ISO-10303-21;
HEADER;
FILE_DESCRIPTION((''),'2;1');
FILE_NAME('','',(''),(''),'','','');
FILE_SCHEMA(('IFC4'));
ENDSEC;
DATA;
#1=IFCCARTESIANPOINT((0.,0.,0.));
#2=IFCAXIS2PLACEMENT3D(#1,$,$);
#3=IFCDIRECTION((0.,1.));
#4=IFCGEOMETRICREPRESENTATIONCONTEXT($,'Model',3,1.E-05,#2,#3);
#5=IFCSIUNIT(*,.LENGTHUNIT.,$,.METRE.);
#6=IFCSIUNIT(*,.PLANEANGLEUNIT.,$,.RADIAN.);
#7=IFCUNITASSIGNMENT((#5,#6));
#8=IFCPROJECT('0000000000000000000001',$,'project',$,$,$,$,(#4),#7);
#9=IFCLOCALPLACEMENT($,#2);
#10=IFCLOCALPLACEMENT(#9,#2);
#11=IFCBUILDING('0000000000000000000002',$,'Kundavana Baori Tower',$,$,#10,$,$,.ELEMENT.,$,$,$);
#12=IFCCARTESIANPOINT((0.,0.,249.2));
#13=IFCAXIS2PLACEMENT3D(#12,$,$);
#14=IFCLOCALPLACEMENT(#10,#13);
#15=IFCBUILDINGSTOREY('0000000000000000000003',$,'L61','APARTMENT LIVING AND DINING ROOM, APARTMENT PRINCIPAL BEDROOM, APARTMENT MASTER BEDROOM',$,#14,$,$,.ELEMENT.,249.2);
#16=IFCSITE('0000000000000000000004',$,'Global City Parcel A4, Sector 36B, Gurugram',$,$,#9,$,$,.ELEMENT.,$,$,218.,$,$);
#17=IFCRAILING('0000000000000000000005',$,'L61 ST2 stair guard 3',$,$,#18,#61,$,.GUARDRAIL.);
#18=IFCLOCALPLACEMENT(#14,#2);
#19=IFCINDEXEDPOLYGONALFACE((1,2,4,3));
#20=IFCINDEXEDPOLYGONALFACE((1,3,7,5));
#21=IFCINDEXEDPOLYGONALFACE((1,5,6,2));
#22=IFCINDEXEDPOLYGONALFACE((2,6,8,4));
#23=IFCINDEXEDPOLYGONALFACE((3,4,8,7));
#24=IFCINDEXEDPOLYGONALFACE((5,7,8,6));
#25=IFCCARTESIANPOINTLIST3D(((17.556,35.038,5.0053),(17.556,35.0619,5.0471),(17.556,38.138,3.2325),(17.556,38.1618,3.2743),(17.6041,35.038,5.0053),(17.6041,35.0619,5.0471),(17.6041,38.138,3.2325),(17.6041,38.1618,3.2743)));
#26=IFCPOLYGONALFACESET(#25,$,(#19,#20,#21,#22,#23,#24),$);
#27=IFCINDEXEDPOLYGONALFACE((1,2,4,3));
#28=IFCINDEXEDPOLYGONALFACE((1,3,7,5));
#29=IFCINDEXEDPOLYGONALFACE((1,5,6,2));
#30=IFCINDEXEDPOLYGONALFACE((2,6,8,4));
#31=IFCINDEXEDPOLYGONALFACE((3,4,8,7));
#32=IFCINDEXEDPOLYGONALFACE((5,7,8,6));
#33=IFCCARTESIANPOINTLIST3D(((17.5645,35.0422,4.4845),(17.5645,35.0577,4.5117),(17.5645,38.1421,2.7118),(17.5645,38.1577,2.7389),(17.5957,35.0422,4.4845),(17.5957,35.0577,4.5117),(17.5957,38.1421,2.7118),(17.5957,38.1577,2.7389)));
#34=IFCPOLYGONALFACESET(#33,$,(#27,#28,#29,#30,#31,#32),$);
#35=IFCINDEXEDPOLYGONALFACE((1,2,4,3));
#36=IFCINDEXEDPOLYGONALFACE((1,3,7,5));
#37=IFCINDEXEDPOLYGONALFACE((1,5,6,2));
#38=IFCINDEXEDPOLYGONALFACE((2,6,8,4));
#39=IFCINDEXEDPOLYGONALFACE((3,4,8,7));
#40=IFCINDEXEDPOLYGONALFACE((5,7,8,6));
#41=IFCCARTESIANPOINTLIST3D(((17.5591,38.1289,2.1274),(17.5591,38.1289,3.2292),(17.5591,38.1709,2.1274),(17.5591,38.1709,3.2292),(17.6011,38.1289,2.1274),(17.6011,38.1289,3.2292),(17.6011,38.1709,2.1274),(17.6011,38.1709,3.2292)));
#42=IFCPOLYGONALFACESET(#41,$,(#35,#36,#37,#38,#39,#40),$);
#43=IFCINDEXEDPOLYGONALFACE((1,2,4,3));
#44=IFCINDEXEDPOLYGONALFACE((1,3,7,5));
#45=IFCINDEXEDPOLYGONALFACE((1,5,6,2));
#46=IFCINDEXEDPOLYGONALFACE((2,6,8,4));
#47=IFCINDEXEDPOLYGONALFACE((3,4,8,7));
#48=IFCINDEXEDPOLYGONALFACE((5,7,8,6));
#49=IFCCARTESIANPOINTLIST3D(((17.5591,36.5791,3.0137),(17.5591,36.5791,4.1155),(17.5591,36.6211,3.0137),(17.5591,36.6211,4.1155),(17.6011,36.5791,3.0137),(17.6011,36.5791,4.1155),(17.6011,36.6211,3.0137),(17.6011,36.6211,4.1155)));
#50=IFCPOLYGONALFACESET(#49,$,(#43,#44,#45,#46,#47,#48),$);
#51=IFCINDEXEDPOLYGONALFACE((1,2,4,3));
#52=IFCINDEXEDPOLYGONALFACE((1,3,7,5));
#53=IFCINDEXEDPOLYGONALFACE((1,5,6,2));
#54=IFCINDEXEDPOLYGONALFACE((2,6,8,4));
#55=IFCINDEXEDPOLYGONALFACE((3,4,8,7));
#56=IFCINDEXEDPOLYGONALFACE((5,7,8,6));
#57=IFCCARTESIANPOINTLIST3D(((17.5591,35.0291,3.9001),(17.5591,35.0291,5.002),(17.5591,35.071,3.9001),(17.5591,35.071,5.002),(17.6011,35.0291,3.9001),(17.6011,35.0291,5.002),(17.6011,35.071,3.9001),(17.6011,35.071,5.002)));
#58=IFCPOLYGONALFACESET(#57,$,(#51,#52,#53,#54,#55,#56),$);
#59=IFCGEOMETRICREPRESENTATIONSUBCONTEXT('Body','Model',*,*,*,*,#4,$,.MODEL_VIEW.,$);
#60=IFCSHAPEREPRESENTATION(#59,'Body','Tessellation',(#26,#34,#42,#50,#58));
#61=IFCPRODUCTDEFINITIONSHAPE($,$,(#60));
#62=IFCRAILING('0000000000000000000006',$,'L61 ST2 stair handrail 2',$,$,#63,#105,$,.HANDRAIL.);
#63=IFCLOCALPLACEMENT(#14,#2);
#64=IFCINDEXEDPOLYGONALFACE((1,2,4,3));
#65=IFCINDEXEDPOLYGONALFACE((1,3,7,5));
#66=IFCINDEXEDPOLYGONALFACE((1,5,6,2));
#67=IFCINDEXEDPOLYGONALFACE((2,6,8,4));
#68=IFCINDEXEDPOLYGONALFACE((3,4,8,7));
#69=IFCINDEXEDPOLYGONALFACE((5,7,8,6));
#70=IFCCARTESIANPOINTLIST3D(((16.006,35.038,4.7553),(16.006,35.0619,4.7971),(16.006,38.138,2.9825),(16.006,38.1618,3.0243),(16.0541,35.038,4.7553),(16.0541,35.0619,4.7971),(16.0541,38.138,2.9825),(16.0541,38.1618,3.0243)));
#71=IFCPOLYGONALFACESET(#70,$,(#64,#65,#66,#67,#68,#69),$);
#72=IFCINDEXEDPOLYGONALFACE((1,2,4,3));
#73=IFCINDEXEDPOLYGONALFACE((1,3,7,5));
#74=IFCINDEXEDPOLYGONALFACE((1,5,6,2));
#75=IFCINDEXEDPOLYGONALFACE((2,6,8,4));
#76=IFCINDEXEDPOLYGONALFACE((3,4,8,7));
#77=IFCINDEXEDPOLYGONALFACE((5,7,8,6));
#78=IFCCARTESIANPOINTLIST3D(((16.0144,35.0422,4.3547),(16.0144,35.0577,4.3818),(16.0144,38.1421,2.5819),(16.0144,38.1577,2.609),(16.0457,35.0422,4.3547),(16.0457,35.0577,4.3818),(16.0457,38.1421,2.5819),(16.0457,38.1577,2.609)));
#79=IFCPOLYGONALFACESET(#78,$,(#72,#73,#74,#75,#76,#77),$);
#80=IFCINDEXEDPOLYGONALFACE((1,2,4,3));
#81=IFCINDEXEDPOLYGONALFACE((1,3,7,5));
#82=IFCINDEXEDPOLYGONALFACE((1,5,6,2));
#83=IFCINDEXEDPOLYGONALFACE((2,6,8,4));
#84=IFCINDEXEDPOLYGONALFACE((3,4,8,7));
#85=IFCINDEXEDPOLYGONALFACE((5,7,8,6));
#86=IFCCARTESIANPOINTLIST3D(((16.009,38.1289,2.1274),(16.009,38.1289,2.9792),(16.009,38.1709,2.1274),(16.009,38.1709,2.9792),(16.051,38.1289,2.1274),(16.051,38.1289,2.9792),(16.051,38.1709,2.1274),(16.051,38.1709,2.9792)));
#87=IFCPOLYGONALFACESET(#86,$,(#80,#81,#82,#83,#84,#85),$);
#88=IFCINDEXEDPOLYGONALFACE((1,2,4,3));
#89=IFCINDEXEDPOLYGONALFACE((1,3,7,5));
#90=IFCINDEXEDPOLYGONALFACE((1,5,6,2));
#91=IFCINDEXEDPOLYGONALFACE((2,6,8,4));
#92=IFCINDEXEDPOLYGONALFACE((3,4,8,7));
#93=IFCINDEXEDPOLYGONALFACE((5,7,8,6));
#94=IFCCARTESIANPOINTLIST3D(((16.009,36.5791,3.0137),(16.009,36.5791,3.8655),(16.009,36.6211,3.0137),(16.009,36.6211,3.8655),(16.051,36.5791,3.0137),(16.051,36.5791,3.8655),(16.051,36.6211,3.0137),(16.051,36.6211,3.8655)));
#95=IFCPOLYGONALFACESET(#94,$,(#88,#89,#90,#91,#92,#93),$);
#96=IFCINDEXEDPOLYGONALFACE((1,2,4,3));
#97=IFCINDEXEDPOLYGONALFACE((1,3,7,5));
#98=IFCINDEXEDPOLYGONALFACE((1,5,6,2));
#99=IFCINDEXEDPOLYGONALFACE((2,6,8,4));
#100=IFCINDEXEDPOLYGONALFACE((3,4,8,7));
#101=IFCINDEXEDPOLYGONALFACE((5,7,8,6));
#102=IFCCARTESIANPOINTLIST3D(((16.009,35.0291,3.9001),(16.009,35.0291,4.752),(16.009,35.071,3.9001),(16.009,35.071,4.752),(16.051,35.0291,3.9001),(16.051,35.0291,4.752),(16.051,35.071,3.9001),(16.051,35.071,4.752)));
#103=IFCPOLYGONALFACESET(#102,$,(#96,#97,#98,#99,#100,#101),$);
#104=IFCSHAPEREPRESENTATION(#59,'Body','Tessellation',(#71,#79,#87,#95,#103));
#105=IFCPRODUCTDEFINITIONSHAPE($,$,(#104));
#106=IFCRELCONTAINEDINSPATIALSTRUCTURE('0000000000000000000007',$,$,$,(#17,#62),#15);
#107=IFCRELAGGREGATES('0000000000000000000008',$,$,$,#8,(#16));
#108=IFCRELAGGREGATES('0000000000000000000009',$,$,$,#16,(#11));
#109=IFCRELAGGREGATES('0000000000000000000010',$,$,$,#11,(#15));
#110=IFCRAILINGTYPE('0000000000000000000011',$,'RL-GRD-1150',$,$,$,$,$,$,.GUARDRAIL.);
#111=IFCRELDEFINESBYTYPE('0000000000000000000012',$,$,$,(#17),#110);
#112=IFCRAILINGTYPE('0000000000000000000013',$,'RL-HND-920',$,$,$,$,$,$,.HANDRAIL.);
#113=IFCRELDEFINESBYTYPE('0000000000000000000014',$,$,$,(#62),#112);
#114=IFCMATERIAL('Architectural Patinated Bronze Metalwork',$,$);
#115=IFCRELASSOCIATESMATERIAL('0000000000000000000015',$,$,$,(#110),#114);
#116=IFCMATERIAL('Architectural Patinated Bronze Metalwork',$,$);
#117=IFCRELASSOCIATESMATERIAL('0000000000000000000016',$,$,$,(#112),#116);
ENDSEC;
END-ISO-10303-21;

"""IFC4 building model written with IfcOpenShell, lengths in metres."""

from ifc_helpers import new_model, si_unit, direction, frame, origin, origin_2d, place, context, subcontext, project, spatial, rectangle, extrude, material, type_object, element, save


model = new_model("IFC4")

# Units and contexts
model_context = context("Model", 3, precision=1e-05, world=origin(), true_north=direction((0.0, 1.0)))
body_context = subcontext(model_context, "Body", "Model", "MODEL_VIEW")
ifc_project = project(units=[si_unit("LENGTHUNIT", "METRE"), si_unit("PLANEANGLEUNIT", "RADIAN")], contexts=[model_context])

# Site, building, storey
site_placement = place(None, origin())
site = spatial("IfcSite", under=ifc_project, at=site_placement, Name="Global City Parcel A4, Sector 36B, Gurugram", CompositionType="ELEMENT", RefElevation=218.0)
building_placement = place(site_placement, origin())
building = spatial("IfcBuilding", under=site, at=building_placement, Name="Kundavana Baori Tower", CompositionType="ELEMENT")
storey_placement = place(building_placement, frame((0.0, 0.0, 249.2)))
storey = spatial("IfcBuildingStorey", under=building, at=storey_placement, Name="L61", Description="APARTMENT LIVING AND DINING ROOM, APARTMENT PRINCIPAL BEDROOM, APARTMENT MASTER BEDROOM", CompositionType="ELEMENT", Elevation=249.2)

# Railings
ifc_material_1 = material(Name="Architectural Patinated Bronze Metalwork")
railing_type_1 = type_object("IfcRailingType", Name="RL-GRD-1150", PredefinedType="GUARDRAIL", material=ifc_material_1)
railing_1_placement = place(storey_placement, frame((17.5801, 38.1499, 2.1274)))
element("IfcRailing", 1, at=railing_1_placement, inside=storey, type_object=railing_type_1, Name="L61 ST2 stair guard 3", PredefinedType="GUARDRAIL", context=body_context, shape_type="SweptSolid", body=[
    extrude(rectangle(XDim=0.0481, YDim=0.0481, at=origin_2d()), frame((0.0, 0.0, 1.126), z_axis=(0.0, -0.868079, 0.496426), x_axis=(1.0, 0.0, 0.0)), (0.0, 0.0, 1.0), 3.571),
    extrude(rectangle(XDim=0.0312, YDim=0.0312, at=origin_2d()), frame((0.0, 0.0, 0.5979), z_axis=(0.0, -0.868079, 0.496426), x_axis=(1.0, 0.0, 0.0)), (0.0, 0.0, 1.0), 3.571),
    extrude(rectangle(XDim=0.042, YDim=0.042, at=origin_2d()), origin(), (0.0, 0.0, 1.0), 1.1018),
    extrude(rectangle(XDim=0.042, YDim=0.042, at=origin_2d()), frame((0.0, -1.5498, 0.8862)), (0.0, 0.0, 1.0), 1.1018),
    extrude(rectangle(XDim=0.042, YDim=0.042, at=origin_2d()), frame((0.0, -3.0999, 1.7727)), (0.0, 0.0, 1.0), 1.1018),
])
ifc_material_2 = material(Name="Architectural Patinated Bronze Metalwork")
railing_type_2 = type_object("IfcRailingType", Name="RL-HND-920", PredefinedType="HANDRAIL", material=ifc_material_2)
railing_2_placement = place(storey_placement, frame((16.03, 38.1499, 2.1274)))
element("IfcRailing", 2, at=railing_2_placement, inside=storey, type_object=railing_type_2, Name="L61 ST2 stair handrail 2", PredefinedType="HANDRAIL", context=body_context, shape_type="SweptSolid", body=[
    extrude(rectangle(XDim=0.0481, YDim=0.0481, at=origin_2d()), frame((0.0, 0.0, 0.876), z_axis=(0.0, -0.868079, 0.496426), x_axis=(1.0, 0.0, 0.0)), (0.0, 0.0, 1.0), 3.571),
    extrude(rectangle(XDim=0.0312, YDim=0.0312, at=origin_2d()), frame((0.0, 0.0, 0.468), z_axis=(0.0, -0.868079, 0.496426), x_axis=(1.0, 0.0, 0.0)), (0.0, 0.0, 1.0), 3.571),
    extrude(rectangle(XDim=0.042, YDim=0.042, at=origin_2d()), origin(), (0.0, 0.0, 1.0), 0.8518),
    extrude(rectangle(XDim=0.042, YDim=0.042, at=origin_2d()), frame((0.0, -1.5498, 0.8862)), (0.0, 0.0, 1.0), 0.8518),
    extrude(rectangle(XDim=0.042, YDim=0.042, at=origin_2d()), frame((0.0, -3.0999, 1.7727)), (0.0, 0.0, 1.0), 0.8518),
])

save(model, "model.ifc")
